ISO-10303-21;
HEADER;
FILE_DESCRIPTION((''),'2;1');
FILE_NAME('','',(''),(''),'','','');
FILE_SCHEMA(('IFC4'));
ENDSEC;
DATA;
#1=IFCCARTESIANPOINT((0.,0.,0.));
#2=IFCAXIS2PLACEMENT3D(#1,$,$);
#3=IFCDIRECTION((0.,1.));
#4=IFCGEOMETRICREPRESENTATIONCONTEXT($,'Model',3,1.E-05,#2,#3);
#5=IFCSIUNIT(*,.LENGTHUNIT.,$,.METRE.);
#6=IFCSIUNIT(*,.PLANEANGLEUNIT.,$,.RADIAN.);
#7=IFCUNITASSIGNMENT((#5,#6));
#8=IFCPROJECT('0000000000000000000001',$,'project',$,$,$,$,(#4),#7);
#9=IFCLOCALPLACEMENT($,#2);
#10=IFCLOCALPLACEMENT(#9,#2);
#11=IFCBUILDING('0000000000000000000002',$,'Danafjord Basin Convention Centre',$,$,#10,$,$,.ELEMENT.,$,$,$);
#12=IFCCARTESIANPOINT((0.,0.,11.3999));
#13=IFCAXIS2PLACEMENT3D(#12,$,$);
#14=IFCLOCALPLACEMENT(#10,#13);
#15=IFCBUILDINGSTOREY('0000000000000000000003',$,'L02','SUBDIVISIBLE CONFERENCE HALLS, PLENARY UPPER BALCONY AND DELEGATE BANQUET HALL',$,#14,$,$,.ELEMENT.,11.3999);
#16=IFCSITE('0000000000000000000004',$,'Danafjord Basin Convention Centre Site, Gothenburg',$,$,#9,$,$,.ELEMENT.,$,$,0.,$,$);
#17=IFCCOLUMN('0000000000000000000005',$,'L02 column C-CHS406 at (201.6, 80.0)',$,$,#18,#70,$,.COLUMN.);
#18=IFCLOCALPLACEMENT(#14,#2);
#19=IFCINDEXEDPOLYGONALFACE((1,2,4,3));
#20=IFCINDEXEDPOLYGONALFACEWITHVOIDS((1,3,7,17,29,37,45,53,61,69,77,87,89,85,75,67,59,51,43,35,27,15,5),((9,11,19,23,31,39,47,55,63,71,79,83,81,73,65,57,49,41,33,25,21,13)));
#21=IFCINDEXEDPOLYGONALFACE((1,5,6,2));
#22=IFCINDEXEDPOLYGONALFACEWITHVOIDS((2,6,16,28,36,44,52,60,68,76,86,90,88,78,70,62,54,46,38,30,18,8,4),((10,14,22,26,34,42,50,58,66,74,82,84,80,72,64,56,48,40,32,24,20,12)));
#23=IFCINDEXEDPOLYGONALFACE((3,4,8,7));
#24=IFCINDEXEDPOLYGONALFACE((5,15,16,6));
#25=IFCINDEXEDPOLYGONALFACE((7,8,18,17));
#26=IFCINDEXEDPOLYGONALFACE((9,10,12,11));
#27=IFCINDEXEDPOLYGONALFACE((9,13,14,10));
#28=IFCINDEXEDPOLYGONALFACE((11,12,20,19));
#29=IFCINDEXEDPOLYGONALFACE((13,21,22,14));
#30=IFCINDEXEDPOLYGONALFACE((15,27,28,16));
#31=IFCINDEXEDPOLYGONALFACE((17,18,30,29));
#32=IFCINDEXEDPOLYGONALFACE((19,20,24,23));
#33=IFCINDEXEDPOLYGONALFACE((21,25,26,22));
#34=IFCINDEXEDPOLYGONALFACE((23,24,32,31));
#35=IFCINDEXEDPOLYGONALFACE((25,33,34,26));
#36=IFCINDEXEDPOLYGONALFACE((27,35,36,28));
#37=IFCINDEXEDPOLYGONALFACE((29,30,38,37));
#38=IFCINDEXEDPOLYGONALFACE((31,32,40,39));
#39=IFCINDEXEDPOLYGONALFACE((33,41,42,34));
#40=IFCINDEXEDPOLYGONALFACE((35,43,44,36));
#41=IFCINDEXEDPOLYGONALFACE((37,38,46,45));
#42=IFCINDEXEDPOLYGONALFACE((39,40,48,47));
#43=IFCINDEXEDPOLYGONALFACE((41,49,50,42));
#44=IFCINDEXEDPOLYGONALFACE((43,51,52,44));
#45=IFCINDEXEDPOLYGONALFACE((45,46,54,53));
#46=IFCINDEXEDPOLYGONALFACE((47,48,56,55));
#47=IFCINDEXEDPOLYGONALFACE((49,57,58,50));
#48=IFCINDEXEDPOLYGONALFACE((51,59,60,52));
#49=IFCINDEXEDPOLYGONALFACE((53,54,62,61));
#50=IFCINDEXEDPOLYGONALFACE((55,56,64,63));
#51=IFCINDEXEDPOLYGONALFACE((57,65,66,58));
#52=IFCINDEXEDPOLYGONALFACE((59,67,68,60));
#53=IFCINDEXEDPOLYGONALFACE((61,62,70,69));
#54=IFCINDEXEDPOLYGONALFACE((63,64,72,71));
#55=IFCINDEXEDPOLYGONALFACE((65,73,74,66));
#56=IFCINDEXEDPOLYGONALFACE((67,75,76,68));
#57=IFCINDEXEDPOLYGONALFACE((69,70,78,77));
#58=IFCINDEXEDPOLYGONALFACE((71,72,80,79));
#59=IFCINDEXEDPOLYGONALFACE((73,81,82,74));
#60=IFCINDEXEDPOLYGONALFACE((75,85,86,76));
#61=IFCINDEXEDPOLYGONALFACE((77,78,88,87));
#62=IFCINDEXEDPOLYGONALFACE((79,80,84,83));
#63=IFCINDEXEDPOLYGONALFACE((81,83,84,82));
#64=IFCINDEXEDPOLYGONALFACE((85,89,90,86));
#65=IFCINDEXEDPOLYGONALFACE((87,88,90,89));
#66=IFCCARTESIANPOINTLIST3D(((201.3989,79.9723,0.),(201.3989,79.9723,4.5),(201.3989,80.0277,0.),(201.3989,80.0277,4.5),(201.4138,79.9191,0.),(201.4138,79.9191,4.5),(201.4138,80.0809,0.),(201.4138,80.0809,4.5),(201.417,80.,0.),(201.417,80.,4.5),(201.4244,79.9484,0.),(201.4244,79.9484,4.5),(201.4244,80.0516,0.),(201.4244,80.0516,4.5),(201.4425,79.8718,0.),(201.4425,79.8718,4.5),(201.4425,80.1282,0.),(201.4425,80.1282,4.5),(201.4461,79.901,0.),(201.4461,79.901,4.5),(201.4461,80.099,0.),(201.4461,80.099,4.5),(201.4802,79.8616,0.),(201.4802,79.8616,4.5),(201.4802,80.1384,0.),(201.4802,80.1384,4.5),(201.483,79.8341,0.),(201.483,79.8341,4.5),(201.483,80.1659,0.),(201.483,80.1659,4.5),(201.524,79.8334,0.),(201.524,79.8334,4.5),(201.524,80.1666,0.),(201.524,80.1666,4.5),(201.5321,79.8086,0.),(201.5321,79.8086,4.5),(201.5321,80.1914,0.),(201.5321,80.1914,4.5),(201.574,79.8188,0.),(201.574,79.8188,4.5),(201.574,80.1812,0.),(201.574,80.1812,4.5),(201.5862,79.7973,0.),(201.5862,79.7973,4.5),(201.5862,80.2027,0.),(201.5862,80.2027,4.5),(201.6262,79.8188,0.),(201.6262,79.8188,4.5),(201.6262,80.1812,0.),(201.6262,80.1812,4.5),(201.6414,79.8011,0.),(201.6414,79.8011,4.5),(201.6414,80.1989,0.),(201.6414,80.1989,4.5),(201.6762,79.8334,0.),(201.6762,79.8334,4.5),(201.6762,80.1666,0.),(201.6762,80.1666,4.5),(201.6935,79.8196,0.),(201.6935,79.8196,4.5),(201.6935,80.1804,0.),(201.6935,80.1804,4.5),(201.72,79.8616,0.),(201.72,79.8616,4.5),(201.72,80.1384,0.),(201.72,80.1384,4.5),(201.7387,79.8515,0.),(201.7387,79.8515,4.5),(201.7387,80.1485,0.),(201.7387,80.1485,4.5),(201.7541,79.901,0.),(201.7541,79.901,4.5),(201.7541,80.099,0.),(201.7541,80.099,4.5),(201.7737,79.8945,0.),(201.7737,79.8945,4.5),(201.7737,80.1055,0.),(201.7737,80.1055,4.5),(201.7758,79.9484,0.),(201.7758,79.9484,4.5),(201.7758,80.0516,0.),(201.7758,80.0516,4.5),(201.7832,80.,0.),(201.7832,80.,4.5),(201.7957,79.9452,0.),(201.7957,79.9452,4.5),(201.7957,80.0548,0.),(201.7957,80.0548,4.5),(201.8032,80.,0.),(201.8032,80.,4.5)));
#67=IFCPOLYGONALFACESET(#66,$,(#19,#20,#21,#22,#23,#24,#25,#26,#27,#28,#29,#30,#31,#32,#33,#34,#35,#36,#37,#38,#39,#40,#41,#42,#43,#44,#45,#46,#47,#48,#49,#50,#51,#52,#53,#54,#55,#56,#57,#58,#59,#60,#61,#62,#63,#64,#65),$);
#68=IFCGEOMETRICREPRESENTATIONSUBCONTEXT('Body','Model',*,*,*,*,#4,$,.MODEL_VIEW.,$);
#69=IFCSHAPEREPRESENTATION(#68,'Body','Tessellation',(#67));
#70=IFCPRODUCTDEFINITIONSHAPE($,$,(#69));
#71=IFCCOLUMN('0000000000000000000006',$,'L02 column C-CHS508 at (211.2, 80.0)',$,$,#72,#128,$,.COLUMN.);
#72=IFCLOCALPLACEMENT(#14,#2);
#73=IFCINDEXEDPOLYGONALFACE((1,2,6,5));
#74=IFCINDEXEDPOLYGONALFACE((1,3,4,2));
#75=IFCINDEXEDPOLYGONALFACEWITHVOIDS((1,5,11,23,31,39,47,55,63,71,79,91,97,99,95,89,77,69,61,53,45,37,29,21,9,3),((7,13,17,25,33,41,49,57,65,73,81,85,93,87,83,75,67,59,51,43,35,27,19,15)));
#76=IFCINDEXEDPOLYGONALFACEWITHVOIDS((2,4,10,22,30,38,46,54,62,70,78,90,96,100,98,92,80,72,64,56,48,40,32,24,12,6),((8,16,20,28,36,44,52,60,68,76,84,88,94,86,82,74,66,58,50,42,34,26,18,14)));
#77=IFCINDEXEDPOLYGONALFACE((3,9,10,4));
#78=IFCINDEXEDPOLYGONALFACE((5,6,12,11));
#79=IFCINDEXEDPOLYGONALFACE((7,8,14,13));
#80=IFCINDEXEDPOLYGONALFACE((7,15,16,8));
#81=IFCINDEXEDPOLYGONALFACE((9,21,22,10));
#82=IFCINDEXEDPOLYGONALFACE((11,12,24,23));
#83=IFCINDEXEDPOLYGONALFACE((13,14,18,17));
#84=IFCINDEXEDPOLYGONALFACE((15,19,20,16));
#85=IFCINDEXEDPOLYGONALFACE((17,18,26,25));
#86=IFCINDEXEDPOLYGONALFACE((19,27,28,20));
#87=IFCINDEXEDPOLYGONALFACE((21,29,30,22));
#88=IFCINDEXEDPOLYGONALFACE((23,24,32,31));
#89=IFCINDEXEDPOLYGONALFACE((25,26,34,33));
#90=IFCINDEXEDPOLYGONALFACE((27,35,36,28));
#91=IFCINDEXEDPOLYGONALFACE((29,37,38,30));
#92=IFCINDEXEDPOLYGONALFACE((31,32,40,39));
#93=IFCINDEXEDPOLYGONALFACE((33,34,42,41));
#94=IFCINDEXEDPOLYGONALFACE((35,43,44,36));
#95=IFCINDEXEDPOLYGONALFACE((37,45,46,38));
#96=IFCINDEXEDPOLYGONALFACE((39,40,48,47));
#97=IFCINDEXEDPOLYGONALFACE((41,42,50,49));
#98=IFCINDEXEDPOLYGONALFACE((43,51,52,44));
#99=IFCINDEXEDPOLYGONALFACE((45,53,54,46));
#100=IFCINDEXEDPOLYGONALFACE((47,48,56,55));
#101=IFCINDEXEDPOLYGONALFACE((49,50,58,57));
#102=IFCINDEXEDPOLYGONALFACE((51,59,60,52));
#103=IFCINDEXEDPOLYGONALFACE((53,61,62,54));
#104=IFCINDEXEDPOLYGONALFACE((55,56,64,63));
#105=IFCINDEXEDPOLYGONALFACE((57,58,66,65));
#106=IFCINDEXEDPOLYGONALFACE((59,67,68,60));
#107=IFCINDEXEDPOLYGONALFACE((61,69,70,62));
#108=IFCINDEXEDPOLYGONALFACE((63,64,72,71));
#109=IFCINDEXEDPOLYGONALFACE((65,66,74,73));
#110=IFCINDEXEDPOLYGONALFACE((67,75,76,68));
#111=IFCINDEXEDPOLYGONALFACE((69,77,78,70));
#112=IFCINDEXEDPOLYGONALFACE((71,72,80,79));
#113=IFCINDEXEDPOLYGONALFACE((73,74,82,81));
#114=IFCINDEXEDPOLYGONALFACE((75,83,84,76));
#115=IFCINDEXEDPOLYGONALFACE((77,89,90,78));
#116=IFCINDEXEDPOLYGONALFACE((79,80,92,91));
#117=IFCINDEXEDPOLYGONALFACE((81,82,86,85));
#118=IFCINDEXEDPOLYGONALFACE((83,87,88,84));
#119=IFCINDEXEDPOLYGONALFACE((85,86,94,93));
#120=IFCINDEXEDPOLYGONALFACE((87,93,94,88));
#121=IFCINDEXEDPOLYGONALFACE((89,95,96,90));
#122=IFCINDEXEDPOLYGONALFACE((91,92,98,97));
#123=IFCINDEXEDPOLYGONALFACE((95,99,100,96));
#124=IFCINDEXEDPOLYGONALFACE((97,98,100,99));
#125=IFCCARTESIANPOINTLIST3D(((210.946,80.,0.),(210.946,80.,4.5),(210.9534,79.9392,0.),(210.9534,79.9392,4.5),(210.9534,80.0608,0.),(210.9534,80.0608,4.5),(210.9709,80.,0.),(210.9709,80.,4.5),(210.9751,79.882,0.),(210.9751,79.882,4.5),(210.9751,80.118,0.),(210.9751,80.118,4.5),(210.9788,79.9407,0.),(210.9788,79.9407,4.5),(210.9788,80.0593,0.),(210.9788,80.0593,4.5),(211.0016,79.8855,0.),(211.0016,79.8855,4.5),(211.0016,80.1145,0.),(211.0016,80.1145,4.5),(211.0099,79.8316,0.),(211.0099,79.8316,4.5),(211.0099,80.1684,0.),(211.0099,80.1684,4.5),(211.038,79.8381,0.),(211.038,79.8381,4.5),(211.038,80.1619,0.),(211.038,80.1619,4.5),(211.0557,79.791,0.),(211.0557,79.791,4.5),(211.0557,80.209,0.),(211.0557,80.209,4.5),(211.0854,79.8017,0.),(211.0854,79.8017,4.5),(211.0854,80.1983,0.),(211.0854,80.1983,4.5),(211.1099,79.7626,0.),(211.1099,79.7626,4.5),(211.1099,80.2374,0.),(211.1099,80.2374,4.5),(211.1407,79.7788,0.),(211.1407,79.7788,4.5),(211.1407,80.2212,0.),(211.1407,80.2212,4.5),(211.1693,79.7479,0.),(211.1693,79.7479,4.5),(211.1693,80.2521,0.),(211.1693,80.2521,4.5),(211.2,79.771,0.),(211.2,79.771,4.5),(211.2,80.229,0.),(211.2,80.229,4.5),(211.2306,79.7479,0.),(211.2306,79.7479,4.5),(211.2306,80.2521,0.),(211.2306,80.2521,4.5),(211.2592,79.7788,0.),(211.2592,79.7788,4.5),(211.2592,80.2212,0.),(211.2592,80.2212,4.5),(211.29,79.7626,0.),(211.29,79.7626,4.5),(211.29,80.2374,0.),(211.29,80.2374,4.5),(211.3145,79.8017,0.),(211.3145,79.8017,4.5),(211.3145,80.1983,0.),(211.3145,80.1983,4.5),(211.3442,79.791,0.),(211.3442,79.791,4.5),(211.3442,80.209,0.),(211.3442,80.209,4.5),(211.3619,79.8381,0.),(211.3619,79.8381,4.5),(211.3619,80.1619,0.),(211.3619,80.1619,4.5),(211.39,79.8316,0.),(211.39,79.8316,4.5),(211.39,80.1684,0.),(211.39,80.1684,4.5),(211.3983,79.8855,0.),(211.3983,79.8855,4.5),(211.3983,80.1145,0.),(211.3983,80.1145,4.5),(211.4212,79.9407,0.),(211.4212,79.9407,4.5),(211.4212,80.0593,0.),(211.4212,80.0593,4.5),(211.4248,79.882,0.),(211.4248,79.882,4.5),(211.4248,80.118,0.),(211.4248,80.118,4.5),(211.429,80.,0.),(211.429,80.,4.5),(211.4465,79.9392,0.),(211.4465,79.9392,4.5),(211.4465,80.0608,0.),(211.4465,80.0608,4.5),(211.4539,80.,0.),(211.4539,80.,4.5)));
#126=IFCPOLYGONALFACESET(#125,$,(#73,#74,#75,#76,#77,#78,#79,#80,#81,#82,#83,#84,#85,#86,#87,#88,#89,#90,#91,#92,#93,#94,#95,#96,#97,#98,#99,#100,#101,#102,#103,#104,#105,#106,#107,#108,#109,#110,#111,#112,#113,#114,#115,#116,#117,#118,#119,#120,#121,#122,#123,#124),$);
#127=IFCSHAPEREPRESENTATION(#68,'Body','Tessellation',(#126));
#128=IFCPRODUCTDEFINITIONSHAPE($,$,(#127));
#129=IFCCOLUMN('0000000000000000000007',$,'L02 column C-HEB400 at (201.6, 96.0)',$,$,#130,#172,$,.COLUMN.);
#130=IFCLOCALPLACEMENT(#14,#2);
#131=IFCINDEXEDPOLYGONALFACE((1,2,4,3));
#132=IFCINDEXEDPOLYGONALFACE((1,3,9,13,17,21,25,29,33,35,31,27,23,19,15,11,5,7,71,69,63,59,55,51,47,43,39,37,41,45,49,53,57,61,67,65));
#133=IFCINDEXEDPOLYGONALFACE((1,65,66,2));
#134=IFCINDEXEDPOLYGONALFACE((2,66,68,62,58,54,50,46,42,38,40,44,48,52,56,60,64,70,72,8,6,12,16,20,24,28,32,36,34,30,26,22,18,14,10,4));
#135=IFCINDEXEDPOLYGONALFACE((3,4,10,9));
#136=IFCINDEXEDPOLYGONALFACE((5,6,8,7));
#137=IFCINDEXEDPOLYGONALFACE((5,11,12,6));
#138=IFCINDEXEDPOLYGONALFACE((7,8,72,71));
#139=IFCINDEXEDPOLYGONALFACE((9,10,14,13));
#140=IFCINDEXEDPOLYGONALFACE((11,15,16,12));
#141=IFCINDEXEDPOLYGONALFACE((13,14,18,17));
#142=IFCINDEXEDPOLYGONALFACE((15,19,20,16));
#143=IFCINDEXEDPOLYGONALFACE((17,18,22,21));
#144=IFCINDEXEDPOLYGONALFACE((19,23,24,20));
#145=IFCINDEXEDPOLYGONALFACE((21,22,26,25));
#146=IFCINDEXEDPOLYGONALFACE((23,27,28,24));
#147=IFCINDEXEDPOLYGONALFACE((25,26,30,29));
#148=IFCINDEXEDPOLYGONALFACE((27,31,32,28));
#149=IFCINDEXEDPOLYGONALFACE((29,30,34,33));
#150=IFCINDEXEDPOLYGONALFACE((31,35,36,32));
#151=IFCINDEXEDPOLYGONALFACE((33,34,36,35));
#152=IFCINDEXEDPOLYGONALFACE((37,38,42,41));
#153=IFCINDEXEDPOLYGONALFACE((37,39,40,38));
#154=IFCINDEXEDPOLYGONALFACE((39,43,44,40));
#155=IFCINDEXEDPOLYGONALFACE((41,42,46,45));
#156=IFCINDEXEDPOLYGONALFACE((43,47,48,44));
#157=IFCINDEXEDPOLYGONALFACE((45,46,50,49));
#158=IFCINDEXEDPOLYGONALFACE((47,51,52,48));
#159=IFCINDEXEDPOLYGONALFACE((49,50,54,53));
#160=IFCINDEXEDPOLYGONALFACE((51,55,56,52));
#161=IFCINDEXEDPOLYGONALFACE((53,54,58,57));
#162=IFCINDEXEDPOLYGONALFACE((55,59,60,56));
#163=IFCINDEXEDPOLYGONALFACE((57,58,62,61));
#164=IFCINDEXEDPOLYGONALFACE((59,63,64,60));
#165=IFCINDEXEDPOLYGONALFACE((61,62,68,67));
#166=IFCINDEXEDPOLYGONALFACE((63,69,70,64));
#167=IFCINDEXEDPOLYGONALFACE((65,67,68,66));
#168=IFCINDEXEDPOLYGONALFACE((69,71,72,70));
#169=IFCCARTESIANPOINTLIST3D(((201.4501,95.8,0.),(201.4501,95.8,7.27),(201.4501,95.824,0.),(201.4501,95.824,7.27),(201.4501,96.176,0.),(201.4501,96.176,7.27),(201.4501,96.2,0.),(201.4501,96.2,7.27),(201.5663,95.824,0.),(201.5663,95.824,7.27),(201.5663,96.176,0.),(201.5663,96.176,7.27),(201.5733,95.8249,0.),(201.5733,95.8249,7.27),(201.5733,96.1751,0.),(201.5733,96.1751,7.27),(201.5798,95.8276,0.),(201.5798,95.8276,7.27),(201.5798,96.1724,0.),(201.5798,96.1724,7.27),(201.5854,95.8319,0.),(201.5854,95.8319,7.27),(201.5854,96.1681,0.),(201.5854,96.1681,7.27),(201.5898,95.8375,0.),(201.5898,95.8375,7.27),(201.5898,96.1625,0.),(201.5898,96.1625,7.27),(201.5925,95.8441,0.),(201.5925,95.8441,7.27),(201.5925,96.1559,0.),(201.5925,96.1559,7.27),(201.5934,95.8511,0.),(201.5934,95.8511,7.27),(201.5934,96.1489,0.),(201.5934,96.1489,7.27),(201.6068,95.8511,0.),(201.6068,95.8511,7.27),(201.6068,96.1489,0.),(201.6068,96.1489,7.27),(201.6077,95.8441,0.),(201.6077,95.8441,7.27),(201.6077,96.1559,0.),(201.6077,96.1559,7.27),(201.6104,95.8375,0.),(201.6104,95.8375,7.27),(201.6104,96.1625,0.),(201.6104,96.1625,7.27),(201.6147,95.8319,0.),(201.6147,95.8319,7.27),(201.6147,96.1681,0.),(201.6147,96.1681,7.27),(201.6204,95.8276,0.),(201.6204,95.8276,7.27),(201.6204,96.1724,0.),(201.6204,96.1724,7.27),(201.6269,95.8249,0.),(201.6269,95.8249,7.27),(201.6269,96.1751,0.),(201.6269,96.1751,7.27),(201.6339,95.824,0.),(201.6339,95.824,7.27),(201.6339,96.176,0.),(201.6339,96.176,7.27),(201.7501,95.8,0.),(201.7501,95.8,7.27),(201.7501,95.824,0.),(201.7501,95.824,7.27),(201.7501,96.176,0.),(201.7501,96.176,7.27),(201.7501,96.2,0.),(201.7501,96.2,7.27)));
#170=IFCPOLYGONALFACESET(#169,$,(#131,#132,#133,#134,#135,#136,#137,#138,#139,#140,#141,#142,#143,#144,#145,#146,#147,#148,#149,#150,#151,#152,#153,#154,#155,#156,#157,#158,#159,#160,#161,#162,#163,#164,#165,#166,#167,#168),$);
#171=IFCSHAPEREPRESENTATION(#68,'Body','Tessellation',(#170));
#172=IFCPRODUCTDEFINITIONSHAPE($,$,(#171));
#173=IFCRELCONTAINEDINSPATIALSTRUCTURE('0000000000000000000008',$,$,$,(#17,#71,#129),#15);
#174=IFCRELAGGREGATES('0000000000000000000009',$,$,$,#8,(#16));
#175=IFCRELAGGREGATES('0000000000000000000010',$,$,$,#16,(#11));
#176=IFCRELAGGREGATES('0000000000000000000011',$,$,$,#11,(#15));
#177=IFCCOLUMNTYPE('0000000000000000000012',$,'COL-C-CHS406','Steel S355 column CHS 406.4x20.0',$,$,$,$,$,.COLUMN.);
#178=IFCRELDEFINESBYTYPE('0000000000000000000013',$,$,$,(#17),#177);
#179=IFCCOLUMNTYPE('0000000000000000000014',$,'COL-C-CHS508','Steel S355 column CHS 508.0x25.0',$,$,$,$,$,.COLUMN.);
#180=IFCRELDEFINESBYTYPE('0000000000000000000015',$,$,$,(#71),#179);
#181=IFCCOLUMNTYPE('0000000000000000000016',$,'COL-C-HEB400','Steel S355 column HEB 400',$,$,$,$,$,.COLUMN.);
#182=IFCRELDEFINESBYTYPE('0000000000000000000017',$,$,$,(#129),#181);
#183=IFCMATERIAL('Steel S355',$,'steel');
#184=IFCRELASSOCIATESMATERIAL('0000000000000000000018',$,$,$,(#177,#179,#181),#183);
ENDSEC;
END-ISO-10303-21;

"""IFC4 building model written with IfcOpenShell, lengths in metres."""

from ifc_helpers import new_model, si_unit, direction, frame, origin, origin_2d, place, context, subcontext, project, spatial, hollow_circle, i_section, extrude, material, material_profile, profile_set, type_object, element, save


model = new_model("IFC4")

# Units and contexts
model_context = context("Model", 3, precision=1e-05, world=origin(), true_north=direction((0.0, 1.0)))
body_context = subcontext(model_context, "Body", "Model", "MODEL_VIEW")
ifc_project = project(units=[si_unit("LENGTHUNIT", "METRE"), si_unit("PLANEANGLEUNIT", "RADIAN")], contexts=[model_context])

# Site, building, storey
site_placement = place(None, origin())
site = spatial("IfcSite", under=ifc_project, at=site_placement, Name="Danafjord Basin Convention Centre Site, Gothenburg", CompositionType="ELEMENT", RefElevation=0.0)
building_placement = place(site_placement, origin())
building = spatial("IfcBuilding", under=site, at=building_placement, Name="Danafjord Basin Convention Centre", CompositionType="ELEMENT")
storey_placement = place(building_placement, frame((0.0, 0.0, 11.3999)))
storey = spatial("IfcBuildingStorey", under=building, at=storey_placement, Name="L02", Description="SUBDIVISIBLE CONFERENCE HALLS, PLENARY UPPER BALCONY AND DELEGATE BANQUET HALL", CompositionType="ELEMENT", Elevation=11.3999)

# Columns
ifc_material_1 = material(Name="Steel S355", Category="steel")
ifc_material_profile_1 = material_profile(ifc_material_1, hollow_circle(Radius=0.2031, WallThickness=0.02, at=origin_2d()), Name="CHS 406.4x20.0")
ifc_profile_set_1 = profile_set([ifc_material_profile_1], Name="Steel S355")
column_type_1 = type_object("IfcColumnType", Name="COL-C-CHS406", Description="Steel S355 column CHS 406.4x20.0", PredefinedType="COLUMN", material=ifc_profile_set_1)
column_1_placement = place(storey_placement, frame((201.6001, 80.0, 0.0), z_axis=(0.0, 0.0, 1.0), x_axis=(1.0, 0.0, 0.0)))
element("IfcColumn", 1, at=column_1_placement, inside=storey, type_object=column_type_1, Name="L02 column C-CHS406 at (201.6, 80.0)", PredefinedType="COLUMN", context=body_context, shape_type="SweptSolid", body=[
    extrude(hollow_circle(Radius=0.2031, WallThickness=0.02, at=origin_2d()), origin(), (0.0, 0.0, 1.0), 4.5),
])
ifc_material_profile_2 = material_profile(ifc_material_1, hollow_circle(Radius=0.2539, WallThickness=0.0249, at=origin_2d()), Name="CHS 508.0x25.0")
ifc_profile_set_2 = profile_set([ifc_material_profile_2], Name="Steel S355")
column_type_2 = type_object("IfcColumnType", Name="COL-C-CHS508", Description="Steel S355 column CHS 508.0x25.0", PredefinedType="COLUMN", material=ifc_profile_set_2)
column_2_placement = place(storey_placement, frame((211.2, 80.0, 0.0), z_axis=(0.0, 0.0, 1.0), x_axis=(1.0, 0.0, 0.0)))
element("IfcColumn", 2, at=column_2_placement, inside=storey, type_object=column_type_2, Name="L02 column C-CHS508 at (211.2, 80.0)", PredefinedType="COLUMN", context=body_context, shape_type="SweptSolid", body=[
    extrude(hollow_circle(Radius=0.2539, WallThickness=0.0249, at=origin_2d()), origin(), (0.0, 0.0, 1.0), 4.5),
])
ifc_material_profile_3 = material_profile(ifc_material_1, i_section(OverallWidth=0.3, OverallDepth=0.3999, WebThickness=0.0134, FlangeThickness=0.0239, FilletRadius=0.0271, at=origin_2d()), Name="HEB 400")
ifc_profile_set_3 = profile_set([ifc_material_profile_3], Name="Steel S355")
column_type_3 = type_object("IfcColumnType", Name="COL-C-HEB400", Description="Steel S355 column HEB 400", PredefinedType="COLUMN", material=ifc_profile_set_3)
column_3_placement = place(storey_placement, frame((201.6001, 96.0, 0.0), z_axis=(0.0, 0.0, 1.0), x_axis=(1.0, 0.0, 0.0)))
element("IfcColumn", 3, at=column_3_placement, inside=storey, type_object=column_type_3, Name="L02 column C-HEB400 at (201.6, 96.0)", PredefinedType="COLUMN", context=body_context, shape_type="SweptSolid", body=[
    extrude(i_section(OverallWidth=0.3, OverallDepth=0.3999, WebThickness=0.0134, FlangeThickness=0.0239, FilletRadius=0.0271, at=origin_2d()), origin(), (0.0, 0.0, 1.0), 7.27),
])

save(model, "model.ifc")
